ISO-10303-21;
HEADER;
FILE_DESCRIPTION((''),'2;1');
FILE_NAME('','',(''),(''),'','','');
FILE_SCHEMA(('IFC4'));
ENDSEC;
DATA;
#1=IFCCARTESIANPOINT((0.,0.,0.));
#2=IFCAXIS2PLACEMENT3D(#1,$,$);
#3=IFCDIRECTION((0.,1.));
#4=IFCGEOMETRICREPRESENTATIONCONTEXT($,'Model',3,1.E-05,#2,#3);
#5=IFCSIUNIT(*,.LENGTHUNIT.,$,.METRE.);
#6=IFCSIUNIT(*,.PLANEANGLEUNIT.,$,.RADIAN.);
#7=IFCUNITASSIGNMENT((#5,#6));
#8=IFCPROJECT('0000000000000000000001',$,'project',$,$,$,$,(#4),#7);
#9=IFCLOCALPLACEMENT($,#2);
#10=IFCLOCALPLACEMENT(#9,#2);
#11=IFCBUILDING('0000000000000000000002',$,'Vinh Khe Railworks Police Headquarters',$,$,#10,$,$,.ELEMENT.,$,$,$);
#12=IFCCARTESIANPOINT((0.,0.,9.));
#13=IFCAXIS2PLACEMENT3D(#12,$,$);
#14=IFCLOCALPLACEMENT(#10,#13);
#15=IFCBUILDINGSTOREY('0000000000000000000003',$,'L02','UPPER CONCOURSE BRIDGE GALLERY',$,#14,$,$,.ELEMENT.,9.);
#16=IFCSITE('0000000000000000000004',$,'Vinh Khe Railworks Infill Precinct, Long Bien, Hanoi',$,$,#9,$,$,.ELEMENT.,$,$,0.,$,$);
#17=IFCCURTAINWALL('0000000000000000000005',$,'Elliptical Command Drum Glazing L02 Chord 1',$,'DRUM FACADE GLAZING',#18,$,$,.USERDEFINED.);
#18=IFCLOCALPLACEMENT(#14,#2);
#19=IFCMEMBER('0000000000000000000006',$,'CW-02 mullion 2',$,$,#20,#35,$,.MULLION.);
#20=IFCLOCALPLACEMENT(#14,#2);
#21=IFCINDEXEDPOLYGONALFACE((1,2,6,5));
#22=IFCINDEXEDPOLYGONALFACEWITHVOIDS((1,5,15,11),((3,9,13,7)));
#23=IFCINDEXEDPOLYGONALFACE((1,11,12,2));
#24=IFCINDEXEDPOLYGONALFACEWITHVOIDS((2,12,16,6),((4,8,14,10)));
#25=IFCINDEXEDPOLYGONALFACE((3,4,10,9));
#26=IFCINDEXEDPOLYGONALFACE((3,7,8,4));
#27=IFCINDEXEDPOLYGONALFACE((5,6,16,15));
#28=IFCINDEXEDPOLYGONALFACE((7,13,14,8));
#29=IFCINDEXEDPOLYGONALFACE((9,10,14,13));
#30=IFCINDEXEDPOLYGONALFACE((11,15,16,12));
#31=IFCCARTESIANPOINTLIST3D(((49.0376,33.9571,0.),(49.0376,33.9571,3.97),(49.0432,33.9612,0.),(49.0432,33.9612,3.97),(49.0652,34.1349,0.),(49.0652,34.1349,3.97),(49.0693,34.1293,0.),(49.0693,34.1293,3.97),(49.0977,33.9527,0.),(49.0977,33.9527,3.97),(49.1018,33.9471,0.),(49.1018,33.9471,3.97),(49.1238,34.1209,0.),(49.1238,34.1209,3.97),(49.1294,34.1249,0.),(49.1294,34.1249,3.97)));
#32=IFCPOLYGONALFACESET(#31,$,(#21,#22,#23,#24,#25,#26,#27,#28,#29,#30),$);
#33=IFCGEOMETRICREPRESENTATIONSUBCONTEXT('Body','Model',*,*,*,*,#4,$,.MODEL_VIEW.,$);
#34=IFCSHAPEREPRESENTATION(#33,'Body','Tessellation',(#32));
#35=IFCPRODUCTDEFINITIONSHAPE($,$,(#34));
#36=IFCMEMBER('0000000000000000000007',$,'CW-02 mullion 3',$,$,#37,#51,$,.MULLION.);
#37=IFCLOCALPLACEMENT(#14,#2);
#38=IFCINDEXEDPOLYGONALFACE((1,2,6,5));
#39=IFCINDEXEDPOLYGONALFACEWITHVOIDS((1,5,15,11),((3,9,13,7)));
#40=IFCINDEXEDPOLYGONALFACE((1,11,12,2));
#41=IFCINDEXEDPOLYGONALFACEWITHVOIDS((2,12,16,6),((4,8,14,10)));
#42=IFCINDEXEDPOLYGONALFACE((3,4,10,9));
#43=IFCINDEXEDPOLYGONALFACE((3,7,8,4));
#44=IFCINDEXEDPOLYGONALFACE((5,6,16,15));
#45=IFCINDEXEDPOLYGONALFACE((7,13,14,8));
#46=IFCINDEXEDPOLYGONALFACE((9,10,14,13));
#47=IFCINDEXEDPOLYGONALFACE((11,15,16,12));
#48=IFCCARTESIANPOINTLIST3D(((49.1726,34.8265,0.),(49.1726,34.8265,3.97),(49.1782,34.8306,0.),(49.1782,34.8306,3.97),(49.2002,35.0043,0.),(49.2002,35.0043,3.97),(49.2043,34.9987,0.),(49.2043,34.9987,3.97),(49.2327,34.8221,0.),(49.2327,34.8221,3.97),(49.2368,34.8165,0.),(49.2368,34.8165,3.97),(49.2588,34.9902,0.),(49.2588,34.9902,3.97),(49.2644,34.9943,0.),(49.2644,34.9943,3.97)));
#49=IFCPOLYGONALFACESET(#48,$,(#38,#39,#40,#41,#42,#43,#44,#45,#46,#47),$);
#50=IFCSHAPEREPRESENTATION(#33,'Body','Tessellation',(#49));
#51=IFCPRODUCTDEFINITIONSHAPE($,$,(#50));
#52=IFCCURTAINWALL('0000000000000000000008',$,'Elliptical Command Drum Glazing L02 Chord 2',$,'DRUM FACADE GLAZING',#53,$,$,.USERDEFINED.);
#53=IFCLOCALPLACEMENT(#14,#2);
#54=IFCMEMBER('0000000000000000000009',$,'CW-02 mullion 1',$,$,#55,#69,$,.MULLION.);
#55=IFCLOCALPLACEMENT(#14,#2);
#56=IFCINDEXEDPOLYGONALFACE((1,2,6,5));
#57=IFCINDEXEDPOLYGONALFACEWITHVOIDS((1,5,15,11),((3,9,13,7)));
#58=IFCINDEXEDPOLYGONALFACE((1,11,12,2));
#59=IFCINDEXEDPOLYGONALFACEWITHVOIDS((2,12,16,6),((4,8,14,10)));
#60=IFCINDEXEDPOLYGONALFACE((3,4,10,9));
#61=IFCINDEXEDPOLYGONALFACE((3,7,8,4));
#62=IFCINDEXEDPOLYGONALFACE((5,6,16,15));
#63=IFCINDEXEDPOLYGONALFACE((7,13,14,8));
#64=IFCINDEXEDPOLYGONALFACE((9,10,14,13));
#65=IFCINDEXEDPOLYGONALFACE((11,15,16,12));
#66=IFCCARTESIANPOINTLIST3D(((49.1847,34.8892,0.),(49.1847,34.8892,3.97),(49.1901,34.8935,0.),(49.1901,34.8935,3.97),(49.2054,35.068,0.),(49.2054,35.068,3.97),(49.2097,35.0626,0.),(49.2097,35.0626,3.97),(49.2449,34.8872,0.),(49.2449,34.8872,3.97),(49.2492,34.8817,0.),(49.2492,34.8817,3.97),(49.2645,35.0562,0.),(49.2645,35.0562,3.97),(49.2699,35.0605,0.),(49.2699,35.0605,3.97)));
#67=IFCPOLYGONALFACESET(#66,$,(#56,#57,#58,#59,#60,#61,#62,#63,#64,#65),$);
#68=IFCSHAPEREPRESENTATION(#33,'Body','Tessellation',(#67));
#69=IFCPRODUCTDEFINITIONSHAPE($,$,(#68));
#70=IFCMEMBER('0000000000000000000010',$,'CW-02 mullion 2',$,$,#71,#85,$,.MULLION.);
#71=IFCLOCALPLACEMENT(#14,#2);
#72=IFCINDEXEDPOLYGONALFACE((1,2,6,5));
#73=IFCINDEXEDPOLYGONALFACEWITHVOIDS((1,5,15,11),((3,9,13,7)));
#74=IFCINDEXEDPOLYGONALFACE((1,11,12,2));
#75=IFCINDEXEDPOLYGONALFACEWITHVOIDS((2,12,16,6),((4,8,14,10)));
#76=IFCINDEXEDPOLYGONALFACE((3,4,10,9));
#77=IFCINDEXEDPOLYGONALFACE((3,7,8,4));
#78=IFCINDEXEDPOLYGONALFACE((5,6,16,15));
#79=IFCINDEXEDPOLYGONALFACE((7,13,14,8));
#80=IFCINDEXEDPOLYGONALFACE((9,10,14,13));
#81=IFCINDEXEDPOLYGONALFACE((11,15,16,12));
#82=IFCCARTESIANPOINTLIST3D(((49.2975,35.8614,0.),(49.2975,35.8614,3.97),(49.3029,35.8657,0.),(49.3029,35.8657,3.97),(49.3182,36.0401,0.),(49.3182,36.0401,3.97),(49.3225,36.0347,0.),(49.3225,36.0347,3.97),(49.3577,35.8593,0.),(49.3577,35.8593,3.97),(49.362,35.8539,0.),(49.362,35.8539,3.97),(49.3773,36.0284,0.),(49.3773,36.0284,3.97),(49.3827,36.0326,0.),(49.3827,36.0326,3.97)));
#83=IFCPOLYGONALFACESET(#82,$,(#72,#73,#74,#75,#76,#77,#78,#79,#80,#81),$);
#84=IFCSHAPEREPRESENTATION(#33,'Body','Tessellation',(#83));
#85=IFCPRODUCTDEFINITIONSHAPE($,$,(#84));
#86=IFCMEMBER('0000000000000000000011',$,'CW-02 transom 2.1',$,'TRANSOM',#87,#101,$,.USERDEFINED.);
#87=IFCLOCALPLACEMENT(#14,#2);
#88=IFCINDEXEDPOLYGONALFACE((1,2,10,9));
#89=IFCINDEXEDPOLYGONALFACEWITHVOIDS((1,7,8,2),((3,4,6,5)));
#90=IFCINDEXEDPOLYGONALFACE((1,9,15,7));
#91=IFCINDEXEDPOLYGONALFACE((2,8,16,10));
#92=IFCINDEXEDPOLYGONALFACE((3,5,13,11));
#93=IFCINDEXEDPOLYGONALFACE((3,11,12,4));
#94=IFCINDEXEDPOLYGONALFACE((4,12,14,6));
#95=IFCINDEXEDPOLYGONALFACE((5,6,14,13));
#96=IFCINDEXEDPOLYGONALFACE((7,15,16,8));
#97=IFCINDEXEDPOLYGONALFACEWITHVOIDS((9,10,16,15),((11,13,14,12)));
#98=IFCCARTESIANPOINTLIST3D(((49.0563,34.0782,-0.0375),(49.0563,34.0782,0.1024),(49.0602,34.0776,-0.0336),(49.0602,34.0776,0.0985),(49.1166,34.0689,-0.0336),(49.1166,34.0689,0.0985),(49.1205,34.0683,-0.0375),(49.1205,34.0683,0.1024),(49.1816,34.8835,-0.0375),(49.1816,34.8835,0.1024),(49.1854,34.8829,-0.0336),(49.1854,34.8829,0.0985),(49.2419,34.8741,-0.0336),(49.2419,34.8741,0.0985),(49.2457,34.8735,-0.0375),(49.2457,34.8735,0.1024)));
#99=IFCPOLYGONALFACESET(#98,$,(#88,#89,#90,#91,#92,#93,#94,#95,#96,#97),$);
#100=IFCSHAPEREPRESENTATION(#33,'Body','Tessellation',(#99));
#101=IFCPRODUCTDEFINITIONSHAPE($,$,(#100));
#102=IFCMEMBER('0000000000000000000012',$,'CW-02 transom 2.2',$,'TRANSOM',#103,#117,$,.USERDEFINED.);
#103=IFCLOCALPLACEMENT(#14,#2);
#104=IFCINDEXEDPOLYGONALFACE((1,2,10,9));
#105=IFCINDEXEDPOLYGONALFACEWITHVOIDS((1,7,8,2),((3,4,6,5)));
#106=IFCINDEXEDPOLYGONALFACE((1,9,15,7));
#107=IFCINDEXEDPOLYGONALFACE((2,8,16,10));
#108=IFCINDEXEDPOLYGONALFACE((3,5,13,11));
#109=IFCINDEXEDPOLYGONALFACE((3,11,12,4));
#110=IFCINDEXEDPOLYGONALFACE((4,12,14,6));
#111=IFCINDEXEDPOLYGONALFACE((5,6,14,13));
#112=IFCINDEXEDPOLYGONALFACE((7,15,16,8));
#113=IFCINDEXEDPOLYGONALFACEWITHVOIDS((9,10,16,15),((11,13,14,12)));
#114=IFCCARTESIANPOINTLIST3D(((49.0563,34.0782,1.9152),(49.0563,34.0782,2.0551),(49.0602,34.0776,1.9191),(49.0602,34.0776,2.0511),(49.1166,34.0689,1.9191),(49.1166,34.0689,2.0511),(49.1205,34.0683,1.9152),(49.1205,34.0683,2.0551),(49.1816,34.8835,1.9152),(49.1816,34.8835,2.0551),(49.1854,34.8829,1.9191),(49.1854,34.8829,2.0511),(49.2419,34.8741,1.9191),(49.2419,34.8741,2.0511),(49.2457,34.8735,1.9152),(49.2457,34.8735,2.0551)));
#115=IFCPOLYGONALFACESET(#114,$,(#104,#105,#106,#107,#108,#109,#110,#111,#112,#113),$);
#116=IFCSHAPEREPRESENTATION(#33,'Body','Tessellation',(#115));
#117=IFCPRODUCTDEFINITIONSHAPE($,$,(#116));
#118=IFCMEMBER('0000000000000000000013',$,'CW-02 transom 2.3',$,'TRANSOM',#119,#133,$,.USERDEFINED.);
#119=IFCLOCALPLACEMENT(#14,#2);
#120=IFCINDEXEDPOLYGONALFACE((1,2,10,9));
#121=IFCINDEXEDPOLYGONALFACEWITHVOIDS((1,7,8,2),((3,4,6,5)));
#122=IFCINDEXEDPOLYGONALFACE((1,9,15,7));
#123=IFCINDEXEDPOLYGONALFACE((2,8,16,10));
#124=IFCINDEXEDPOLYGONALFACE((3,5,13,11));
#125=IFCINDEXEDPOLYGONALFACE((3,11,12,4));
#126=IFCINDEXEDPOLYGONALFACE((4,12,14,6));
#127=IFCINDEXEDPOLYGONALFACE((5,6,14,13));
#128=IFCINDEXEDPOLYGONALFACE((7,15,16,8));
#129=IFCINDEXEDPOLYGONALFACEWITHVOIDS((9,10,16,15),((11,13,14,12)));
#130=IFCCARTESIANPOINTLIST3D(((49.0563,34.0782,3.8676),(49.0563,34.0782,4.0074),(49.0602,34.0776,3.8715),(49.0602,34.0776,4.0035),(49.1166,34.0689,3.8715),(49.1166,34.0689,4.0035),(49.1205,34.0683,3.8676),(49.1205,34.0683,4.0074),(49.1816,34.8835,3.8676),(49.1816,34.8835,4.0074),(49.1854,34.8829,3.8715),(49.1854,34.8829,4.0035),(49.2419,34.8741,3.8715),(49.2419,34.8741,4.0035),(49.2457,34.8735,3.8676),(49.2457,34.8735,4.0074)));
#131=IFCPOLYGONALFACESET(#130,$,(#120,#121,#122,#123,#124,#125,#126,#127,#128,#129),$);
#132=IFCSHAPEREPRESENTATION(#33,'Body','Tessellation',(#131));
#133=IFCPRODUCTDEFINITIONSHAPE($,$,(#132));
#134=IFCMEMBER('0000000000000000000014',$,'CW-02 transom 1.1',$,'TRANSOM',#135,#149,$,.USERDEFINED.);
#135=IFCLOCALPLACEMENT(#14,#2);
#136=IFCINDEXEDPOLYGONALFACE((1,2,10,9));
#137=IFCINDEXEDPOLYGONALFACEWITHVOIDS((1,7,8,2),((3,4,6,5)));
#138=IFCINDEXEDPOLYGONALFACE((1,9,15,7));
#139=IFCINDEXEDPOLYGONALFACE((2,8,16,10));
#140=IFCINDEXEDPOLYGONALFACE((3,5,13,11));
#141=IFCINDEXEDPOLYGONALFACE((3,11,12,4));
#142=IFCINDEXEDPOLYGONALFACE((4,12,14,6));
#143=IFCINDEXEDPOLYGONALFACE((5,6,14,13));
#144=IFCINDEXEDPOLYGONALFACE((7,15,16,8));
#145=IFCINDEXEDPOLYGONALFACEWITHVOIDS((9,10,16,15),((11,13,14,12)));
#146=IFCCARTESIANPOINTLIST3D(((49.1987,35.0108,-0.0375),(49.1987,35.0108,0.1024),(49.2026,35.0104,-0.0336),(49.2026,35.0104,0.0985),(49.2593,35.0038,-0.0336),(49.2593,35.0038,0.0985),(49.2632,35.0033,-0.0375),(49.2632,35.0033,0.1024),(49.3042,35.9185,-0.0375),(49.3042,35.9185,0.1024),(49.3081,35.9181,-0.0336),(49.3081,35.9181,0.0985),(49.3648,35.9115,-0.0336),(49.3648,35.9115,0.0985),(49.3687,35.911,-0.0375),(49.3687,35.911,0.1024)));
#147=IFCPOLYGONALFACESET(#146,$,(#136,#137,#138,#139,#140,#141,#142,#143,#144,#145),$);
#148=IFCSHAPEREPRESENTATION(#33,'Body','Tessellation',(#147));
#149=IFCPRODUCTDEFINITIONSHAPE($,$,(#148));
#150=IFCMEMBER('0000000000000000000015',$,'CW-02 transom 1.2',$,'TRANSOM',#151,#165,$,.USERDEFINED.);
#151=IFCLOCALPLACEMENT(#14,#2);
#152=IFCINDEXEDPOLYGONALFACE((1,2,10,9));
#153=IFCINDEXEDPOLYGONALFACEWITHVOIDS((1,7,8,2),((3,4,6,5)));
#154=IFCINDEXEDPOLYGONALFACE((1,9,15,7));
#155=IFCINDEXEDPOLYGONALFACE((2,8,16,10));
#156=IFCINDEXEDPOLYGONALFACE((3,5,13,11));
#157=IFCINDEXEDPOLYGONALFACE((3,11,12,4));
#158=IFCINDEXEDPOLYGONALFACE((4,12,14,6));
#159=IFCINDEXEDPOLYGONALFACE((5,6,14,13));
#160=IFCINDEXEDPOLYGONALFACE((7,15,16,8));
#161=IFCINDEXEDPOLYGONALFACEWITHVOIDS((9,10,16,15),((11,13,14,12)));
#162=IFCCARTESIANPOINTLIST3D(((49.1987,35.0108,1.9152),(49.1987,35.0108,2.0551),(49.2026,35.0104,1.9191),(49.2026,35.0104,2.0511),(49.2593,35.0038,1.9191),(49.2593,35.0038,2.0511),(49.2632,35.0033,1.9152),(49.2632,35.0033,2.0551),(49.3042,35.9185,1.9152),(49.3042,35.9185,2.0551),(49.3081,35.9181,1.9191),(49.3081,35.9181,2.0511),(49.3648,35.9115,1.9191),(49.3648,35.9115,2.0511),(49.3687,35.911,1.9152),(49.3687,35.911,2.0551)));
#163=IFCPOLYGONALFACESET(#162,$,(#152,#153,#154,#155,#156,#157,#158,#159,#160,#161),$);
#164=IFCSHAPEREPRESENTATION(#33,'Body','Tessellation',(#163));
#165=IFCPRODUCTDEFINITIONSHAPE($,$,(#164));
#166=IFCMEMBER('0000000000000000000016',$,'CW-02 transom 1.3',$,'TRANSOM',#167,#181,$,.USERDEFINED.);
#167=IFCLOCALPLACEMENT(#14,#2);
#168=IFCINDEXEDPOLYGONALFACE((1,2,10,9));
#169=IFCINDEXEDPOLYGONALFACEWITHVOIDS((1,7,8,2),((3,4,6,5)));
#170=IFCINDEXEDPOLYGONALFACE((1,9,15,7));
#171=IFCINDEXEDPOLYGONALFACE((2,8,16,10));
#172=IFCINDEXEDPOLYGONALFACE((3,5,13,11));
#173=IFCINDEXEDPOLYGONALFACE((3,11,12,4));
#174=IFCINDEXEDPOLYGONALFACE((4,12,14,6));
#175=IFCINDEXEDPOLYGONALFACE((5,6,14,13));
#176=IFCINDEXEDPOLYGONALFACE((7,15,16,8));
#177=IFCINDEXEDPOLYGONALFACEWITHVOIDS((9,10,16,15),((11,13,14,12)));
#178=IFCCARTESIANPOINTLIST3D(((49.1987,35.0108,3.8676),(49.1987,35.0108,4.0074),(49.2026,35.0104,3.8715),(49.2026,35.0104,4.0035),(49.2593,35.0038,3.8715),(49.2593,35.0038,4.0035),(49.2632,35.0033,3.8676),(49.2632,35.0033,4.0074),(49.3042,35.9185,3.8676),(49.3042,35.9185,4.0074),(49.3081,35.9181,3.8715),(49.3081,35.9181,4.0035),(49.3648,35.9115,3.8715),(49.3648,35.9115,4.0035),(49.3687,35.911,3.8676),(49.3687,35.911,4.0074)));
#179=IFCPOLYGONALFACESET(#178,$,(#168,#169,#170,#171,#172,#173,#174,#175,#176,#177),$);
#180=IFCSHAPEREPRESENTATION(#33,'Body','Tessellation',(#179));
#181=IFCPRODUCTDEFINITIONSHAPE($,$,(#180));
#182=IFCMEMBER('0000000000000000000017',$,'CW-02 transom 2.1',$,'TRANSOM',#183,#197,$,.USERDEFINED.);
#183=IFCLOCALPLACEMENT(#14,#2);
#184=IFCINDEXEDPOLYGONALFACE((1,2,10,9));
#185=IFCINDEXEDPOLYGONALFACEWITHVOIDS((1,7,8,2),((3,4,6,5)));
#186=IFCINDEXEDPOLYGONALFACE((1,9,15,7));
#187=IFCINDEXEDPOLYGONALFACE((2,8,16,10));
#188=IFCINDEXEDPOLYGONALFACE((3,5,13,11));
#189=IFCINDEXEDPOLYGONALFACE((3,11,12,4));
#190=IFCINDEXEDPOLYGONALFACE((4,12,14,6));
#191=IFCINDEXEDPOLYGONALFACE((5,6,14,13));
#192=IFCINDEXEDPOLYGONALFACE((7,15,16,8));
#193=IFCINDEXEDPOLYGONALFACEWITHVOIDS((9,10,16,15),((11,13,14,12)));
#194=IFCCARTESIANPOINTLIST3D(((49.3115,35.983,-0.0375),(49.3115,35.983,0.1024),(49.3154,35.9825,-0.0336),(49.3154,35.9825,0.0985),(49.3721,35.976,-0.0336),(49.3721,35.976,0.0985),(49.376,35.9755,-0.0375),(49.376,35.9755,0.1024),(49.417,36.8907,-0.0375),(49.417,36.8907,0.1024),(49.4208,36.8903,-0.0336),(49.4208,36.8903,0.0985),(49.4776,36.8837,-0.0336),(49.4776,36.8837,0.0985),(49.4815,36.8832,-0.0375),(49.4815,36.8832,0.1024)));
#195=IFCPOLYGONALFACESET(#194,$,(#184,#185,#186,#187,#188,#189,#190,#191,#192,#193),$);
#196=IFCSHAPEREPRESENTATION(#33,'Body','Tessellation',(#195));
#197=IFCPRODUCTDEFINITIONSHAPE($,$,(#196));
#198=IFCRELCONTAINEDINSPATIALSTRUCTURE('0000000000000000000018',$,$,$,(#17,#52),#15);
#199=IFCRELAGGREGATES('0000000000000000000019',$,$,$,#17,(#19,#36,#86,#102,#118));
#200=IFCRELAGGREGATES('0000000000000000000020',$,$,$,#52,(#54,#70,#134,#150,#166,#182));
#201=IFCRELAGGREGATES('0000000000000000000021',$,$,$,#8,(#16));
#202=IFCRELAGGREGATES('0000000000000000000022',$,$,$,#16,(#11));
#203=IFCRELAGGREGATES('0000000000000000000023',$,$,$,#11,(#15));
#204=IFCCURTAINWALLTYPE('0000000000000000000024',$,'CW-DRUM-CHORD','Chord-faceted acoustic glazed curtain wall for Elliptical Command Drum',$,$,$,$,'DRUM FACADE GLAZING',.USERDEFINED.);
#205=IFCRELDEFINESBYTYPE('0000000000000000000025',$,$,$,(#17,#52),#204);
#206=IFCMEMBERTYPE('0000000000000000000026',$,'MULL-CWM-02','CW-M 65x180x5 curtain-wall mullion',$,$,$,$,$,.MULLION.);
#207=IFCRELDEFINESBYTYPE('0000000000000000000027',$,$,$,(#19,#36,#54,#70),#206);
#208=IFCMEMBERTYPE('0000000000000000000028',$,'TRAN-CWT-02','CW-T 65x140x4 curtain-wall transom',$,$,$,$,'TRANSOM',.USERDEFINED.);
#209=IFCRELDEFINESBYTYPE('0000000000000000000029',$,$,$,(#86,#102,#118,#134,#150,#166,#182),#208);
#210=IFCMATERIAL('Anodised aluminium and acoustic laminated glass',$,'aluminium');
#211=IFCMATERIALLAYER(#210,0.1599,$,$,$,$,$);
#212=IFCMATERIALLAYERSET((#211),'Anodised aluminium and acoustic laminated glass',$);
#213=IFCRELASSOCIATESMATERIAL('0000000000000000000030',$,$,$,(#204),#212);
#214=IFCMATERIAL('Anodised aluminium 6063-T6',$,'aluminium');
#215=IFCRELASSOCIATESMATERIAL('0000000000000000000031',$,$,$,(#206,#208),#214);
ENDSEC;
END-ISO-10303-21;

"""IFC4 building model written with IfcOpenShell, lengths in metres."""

from ifc_helpers import new_model, si_unit, direction, frame, origin, origin_2d, place, context, subcontext, project, spatial, hollow_rectangle, extrude, material, layer, layer_set, material_profile, profile_set, type_object, element, aggregate, save


model = new_model("IFC4")

# Units and contexts
model_context = context("Model", 3, precision=1e-05, world=origin(), true_north=direction((0.0, 1.0)))
body_context = subcontext(model_context, "Body", "Model", "MODEL_VIEW")
ifc_project = project(units=[si_unit("LENGTHUNIT", "METRE"), si_unit("PLANEANGLEUNIT", "RADIAN")], contexts=[model_context])

# Site, building, storey
site_placement = place(None, origin())
site = spatial("IfcSite", under=ifc_project, at=site_placement, Name="Vinh Khe Railworks Infill Precinct, Long Bien, Hanoi", CompositionType="ELEMENT", RefElevation=0.0)
building_placement = place(site_placement, origin())
building = spatial("IfcBuilding", under=site, at=building_placement, Name="Vinh Khe Railworks Police Headquarters", CompositionType="ELEMENT")
storey_placement = place(building_placement, frame((0.0, 0.0, 9.0)))
storey = spatial("IfcBuildingStorey", under=building, at=storey_placement, Name="L02", Description="UPPER CONCOURSE BRIDGE GALLERY", CompositionType="ELEMENT", Elevation=9.0)

# Curtain walls, members
ifc_material_1 = material(Name="Anodised aluminium and acoustic laminated glass", Category="aluminium")
ifc_layer_1 = layer(ifc_material_1, 0.1599)
ifc_layer_set_1 = layer_set([ifc_layer_1], Name="Anodised aluminium and acoustic laminated glass")
curtain_wall_type = type_object("IfcCurtainWallType", Name="CW-DRUM-CHORD", Description="Chord-faceted acoustic glazed curtain wall for Elliptical Command Drum", ElementType="DRUM FACADE GLAZING", PredefinedType="USERDEFINED", material=ifc_layer_set_1)
curtain_wall_1_placement = place(storey_placement, origin())
curtain_wall_1 = element("IfcCurtainWall", 1, at=curtain_wall_1_placement, inside=storey, type_object=curtain_wall_type, Name="Elliptical Command Drum Glazing L02 Chord 1", ObjectType="DRUM FACADE GLAZING", PredefinedType="USERDEFINED")
ifc_material_2 = material(Name="Anodised aluminium 6063-T6", Category="aluminium")
ifc_material_profile_1 = material_profile(ifc_material_2, hollow_rectangle(XDim=0.0649, YDim=0.1799, WallThickness=0.0049, at=origin_2d()), Name="CW-M 65x180x5")
ifc_profile_set_1 = profile_set([ifc_material_profile_1], Name="Anodised aluminium 6063-T6")
member_type_1 = type_object("IfcMemberType", Name="MULL-CWM-02", Description="CW-M 65x180x5 curtain-wall mullion", PredefinedType="MULLION", material=ifc_profile_set_1)
member_1_placement = place(storey_placement, frame((49.0835, 34.041, 0.0), z_axis=(0.0, 0.0, 1.0), x_axis=(-0.98815, 0.15349, 0.0)))
member_1 = element("IfcMember", 2, at=member_1_placement, type_object=member_type_1, Name="CW-02 mullion 2", PredefinedType="MULLION", context=body_context, shape_type="SweptSolid", body=[
    extrude(hollow_rectangle(XDim=0.0649, YDim=0.1799, WallThickness=0.0049, at=origin_2d()), origin(), (0.0, 0.0, 1.0), 3.97),
])
member_2_placement = place(storey_placement, frame((49.2185, 34.9104, 0.0), z_axis=(0.0, 0.0, 1.0), x_axis=(-0.98815, 0.15349, 0.0)))
member_2 = element("IfcMember", 3, at=member_2_placement, type_object=member_type_1, Name="CW-02 mullion 3", PredefinedType="MULLION", context=body_context, shape_type="SweptSolid", body=[
    extrude(hollow_rectangle(XDim=0.0649, YDim=0.1799, WallThickness=0.0049, at=origin_2d()), origin(), (0.0, 0.0, 1.0), 3.97),
])
curtain_wall_2_placement = place(storey_placement, origin())
curtain_wall_2 = element("IfcCurtainWall", 4, at=curtain_wall_2_placement, inside=storey, type_object=curtain_wall_type, Name="Elliptical Command Drum Glazing L02 Chord 2", ObjectType="DRUM FACADE GLAZING", PredefinedType="USERDEFINED")
member_3_placement = place(storey_placement, frame((49.2273, 34.9749, 0.0), z_axis=(0.0, 0.0, 1.0), x_axis=(-0.993329, 0.115318, 0.0)))
member_3 = element("IfcMember", 5, at=member_3_placement, type_object=member_type_1, Name="CW-02 mullion 1", PredefinedType="MULLION", context=body_context, shape_type="SweptSolid", body=[
    extrude(hollow_rectangle(XDim=0.0649, YDim=0.1799, WallThickness=0.0049, at=origin_2d()), origin(), (0.0, 0.0, 1.0), 3.97),
])
member_4_placement = place(storey_placement, frame((49.3401, 35.947, 0.0), z_axis=(0.0, 0.0, 1.0), x_axis=(-0.993329, 0.115318, 0.0)))
member_4 = element("IfcMember", 6, at=member_4_placement, type_object=member_type_1, Name="CW-02 mullion 2", PredefinedType="MULLION", context=body_context, shape_type="SweptSolid", body=[
    extrude(hollow_rectangle(XDim=0.0649, YDim=0.1799, WallThickness=0.0049, at=origin_2d()), origin(), (0.0, 0.0, 1.0), 3.97),
])

# Members
ifc_material_profile_2 = material_profile(ifc_material_2, hollow_rectangle(XDim=0.0649, YDim=0.1399, WallThickness=0.0039, at=origin_2d()), Name="CW-T 65x140x4")
ifc_profile_set_2 = profile_set([ifc_material_profile_2], Name="Anodised aluminium 6063-T6")
member_type_2 = type_object("IfcMemberType", Name="TRAN-CWT-02", Description="CW-T 65x140x4 curtain-wall transom", ElementType="TRANSOM", PredefinedType="USERDEFINED", material=ifc_profile_set_2)
member_5_placement = place(storey_placement, frame((49.0884, 34.0732, 0.0325), z_axis=(0.153701, 0.988117, 0.0), x_axis=(-0.988117, 0.153701, 0.0)))
member_5 = element("IfcMember", 7, at=member_5_placement, type_object=member_type_2, Name="CW-02 transom 2.1", ObjectType="TRANSOM", PredefinedType="USERDEFINED", context=body_context, shape_type="SweptSolid", body=[
    extrude(hollow_rectangle(XDim=0.0649, YDim=0.1399, WallThickness=0.0039, at=origin_2d()), origin(), (0.0, 0.0, 1.0), 0.8149),
])
member_6_placement = place(storey_placement, frame((49.0884, 34.0732, 1.9851), z_axis=(0.153701, 0.988117, 0.0), x_axis=(-0.988117, 0.153701, 0.0)))
member_6 = element("IfcMember", 8, at=member_6_placement, type_object=member_type_2, Name="CW-02 transom 2.2", ObjectType="TRANSOM", PredefinedType="USERDEFINED", context=body_context, shape_type="SweptSolid", body=[
    extrude(hollow_rectangle(XDim=0.0649, YDim=0.1399, WallThickness=0.0039, at=origin_2d()), origin(), (0.0, 0.0, 1.0), 0.8149),
])
member_7_placement = place(storey_placement, frame((49.0884, 34.0732, 3.9375), z_axis=(0.153701, 0.988117, 0.0), x_axis=(-0.988117, 0.153701, 0.0)))
member_7 = element("IfcMember", 9, at=member_7_placement, type_object=member_type_2, Name="CW-02 transom 2.3", ObjectType="TRANSOM", PredefinedType="USERDEFINED", context=body_context, shape_type="SweptSolid", body=[
    extrude(hollow_rectangle(XDim=0.0649, YDim=0.1399, WallThickness=0.0039, at=origin_2d()), origin(), (0.0, 0.0, 1.0), 0.8149),
])
member_8_placement = place(storey_placement, frame((49.231, 35.0071, 0.0325), z_axis=(0.115415, 0.993317, 0.0), x_axis=(-0.993317, 0.115415, 0.0)))
member_8 = element("IfcMember", 10, at=member_8_placement, type_object=member_type_2, Name="CW-02 transom 1.1", ObjectType="TRANSOM", PredefinedType="USERDEFINED", context=body_context, shape_type="SweptSolid", body=[
    extrude(hollow_rectangle(XDim=0.0649, YDim=0.1399, WallThickness=0.0039, at=origin_2d()), origin(), (0.0, 0.0, 1.0), 0.9138),
])
member_9_placement = place(storey_placement, frame((49.231, 35.0071, 1.9851), z_axis=(0.115415, 0.993317, 0.0), x_axis=(-0.993317, 0.115415, 0.0)))
member_9 = element("IfcMember", 11, at=member_9_placement, type_object=member_type_2, Name="CW-02 transom 1.2", ObjectType="TRANSOM", PredefinedType="USERDEFINED", context=body_context, shape_type="SweptSolid", body=[
    extrude(hollow_rectangle(XDim=0.0649, YDim=0.1399, WallThickness=0.0039, at=origin_2d()), origin(), (0.0, 0.0, 1.0), 0.9138),
])
member_10_placement = place(storey_placement, frame((49.231, 35.0071, 3.9375), z_axis=(0.115415, 0.993317, 0.0), x_axis=(-0.993317, 0.115415, 0.0)))
member_10 = element("IfcMember", 12, at=member_10_placement, type_object=member_type_2, Name="CW-02 transom 1.3", ObjectType="TRANSOM", PredefinedType="USERDEFINED", context=body_context, shape_type="SweptSolid", body=[
    extrude(hollow_rectangle(XDim=0.0649, YDim=0.1399, WallThickness=0.0039, at=origin_2d()), origin(), (0.0, 0.0, 1.0), 0.9138),
])
member_11_placement = place(storey_placement, frame((49.3438, 35.9792, 0.0325), z_axis=(0.115415, 0.993317, 0.0), x_axis=(-0.993317, 0.115415, 0.0)))
member_11 = element("IfcMember", 13, at=member_11_placement, type_object=member_type_2, Name="CW-02 transom 2.1", ObjectType="TRANSOM", PredefinedType="USERDEFINED", context=body_context, shape_type="SweptSolid", body=[
    extrude(hollow_rectangle(XDim=0.0649, YDim=0.1399, WallThickness=0.0039, at=origin_2d()), origin(), (0.0, 0.0, 1.0), 0.9138),
])

aggregate(curtain_wall_1, [member_1, member_2, member_5, member_6, member_7])
aggregate(curtain_wall_2, [member_3, member_4, member_8, member_9, member_10, member_11])

save(model, "model.ifc")
